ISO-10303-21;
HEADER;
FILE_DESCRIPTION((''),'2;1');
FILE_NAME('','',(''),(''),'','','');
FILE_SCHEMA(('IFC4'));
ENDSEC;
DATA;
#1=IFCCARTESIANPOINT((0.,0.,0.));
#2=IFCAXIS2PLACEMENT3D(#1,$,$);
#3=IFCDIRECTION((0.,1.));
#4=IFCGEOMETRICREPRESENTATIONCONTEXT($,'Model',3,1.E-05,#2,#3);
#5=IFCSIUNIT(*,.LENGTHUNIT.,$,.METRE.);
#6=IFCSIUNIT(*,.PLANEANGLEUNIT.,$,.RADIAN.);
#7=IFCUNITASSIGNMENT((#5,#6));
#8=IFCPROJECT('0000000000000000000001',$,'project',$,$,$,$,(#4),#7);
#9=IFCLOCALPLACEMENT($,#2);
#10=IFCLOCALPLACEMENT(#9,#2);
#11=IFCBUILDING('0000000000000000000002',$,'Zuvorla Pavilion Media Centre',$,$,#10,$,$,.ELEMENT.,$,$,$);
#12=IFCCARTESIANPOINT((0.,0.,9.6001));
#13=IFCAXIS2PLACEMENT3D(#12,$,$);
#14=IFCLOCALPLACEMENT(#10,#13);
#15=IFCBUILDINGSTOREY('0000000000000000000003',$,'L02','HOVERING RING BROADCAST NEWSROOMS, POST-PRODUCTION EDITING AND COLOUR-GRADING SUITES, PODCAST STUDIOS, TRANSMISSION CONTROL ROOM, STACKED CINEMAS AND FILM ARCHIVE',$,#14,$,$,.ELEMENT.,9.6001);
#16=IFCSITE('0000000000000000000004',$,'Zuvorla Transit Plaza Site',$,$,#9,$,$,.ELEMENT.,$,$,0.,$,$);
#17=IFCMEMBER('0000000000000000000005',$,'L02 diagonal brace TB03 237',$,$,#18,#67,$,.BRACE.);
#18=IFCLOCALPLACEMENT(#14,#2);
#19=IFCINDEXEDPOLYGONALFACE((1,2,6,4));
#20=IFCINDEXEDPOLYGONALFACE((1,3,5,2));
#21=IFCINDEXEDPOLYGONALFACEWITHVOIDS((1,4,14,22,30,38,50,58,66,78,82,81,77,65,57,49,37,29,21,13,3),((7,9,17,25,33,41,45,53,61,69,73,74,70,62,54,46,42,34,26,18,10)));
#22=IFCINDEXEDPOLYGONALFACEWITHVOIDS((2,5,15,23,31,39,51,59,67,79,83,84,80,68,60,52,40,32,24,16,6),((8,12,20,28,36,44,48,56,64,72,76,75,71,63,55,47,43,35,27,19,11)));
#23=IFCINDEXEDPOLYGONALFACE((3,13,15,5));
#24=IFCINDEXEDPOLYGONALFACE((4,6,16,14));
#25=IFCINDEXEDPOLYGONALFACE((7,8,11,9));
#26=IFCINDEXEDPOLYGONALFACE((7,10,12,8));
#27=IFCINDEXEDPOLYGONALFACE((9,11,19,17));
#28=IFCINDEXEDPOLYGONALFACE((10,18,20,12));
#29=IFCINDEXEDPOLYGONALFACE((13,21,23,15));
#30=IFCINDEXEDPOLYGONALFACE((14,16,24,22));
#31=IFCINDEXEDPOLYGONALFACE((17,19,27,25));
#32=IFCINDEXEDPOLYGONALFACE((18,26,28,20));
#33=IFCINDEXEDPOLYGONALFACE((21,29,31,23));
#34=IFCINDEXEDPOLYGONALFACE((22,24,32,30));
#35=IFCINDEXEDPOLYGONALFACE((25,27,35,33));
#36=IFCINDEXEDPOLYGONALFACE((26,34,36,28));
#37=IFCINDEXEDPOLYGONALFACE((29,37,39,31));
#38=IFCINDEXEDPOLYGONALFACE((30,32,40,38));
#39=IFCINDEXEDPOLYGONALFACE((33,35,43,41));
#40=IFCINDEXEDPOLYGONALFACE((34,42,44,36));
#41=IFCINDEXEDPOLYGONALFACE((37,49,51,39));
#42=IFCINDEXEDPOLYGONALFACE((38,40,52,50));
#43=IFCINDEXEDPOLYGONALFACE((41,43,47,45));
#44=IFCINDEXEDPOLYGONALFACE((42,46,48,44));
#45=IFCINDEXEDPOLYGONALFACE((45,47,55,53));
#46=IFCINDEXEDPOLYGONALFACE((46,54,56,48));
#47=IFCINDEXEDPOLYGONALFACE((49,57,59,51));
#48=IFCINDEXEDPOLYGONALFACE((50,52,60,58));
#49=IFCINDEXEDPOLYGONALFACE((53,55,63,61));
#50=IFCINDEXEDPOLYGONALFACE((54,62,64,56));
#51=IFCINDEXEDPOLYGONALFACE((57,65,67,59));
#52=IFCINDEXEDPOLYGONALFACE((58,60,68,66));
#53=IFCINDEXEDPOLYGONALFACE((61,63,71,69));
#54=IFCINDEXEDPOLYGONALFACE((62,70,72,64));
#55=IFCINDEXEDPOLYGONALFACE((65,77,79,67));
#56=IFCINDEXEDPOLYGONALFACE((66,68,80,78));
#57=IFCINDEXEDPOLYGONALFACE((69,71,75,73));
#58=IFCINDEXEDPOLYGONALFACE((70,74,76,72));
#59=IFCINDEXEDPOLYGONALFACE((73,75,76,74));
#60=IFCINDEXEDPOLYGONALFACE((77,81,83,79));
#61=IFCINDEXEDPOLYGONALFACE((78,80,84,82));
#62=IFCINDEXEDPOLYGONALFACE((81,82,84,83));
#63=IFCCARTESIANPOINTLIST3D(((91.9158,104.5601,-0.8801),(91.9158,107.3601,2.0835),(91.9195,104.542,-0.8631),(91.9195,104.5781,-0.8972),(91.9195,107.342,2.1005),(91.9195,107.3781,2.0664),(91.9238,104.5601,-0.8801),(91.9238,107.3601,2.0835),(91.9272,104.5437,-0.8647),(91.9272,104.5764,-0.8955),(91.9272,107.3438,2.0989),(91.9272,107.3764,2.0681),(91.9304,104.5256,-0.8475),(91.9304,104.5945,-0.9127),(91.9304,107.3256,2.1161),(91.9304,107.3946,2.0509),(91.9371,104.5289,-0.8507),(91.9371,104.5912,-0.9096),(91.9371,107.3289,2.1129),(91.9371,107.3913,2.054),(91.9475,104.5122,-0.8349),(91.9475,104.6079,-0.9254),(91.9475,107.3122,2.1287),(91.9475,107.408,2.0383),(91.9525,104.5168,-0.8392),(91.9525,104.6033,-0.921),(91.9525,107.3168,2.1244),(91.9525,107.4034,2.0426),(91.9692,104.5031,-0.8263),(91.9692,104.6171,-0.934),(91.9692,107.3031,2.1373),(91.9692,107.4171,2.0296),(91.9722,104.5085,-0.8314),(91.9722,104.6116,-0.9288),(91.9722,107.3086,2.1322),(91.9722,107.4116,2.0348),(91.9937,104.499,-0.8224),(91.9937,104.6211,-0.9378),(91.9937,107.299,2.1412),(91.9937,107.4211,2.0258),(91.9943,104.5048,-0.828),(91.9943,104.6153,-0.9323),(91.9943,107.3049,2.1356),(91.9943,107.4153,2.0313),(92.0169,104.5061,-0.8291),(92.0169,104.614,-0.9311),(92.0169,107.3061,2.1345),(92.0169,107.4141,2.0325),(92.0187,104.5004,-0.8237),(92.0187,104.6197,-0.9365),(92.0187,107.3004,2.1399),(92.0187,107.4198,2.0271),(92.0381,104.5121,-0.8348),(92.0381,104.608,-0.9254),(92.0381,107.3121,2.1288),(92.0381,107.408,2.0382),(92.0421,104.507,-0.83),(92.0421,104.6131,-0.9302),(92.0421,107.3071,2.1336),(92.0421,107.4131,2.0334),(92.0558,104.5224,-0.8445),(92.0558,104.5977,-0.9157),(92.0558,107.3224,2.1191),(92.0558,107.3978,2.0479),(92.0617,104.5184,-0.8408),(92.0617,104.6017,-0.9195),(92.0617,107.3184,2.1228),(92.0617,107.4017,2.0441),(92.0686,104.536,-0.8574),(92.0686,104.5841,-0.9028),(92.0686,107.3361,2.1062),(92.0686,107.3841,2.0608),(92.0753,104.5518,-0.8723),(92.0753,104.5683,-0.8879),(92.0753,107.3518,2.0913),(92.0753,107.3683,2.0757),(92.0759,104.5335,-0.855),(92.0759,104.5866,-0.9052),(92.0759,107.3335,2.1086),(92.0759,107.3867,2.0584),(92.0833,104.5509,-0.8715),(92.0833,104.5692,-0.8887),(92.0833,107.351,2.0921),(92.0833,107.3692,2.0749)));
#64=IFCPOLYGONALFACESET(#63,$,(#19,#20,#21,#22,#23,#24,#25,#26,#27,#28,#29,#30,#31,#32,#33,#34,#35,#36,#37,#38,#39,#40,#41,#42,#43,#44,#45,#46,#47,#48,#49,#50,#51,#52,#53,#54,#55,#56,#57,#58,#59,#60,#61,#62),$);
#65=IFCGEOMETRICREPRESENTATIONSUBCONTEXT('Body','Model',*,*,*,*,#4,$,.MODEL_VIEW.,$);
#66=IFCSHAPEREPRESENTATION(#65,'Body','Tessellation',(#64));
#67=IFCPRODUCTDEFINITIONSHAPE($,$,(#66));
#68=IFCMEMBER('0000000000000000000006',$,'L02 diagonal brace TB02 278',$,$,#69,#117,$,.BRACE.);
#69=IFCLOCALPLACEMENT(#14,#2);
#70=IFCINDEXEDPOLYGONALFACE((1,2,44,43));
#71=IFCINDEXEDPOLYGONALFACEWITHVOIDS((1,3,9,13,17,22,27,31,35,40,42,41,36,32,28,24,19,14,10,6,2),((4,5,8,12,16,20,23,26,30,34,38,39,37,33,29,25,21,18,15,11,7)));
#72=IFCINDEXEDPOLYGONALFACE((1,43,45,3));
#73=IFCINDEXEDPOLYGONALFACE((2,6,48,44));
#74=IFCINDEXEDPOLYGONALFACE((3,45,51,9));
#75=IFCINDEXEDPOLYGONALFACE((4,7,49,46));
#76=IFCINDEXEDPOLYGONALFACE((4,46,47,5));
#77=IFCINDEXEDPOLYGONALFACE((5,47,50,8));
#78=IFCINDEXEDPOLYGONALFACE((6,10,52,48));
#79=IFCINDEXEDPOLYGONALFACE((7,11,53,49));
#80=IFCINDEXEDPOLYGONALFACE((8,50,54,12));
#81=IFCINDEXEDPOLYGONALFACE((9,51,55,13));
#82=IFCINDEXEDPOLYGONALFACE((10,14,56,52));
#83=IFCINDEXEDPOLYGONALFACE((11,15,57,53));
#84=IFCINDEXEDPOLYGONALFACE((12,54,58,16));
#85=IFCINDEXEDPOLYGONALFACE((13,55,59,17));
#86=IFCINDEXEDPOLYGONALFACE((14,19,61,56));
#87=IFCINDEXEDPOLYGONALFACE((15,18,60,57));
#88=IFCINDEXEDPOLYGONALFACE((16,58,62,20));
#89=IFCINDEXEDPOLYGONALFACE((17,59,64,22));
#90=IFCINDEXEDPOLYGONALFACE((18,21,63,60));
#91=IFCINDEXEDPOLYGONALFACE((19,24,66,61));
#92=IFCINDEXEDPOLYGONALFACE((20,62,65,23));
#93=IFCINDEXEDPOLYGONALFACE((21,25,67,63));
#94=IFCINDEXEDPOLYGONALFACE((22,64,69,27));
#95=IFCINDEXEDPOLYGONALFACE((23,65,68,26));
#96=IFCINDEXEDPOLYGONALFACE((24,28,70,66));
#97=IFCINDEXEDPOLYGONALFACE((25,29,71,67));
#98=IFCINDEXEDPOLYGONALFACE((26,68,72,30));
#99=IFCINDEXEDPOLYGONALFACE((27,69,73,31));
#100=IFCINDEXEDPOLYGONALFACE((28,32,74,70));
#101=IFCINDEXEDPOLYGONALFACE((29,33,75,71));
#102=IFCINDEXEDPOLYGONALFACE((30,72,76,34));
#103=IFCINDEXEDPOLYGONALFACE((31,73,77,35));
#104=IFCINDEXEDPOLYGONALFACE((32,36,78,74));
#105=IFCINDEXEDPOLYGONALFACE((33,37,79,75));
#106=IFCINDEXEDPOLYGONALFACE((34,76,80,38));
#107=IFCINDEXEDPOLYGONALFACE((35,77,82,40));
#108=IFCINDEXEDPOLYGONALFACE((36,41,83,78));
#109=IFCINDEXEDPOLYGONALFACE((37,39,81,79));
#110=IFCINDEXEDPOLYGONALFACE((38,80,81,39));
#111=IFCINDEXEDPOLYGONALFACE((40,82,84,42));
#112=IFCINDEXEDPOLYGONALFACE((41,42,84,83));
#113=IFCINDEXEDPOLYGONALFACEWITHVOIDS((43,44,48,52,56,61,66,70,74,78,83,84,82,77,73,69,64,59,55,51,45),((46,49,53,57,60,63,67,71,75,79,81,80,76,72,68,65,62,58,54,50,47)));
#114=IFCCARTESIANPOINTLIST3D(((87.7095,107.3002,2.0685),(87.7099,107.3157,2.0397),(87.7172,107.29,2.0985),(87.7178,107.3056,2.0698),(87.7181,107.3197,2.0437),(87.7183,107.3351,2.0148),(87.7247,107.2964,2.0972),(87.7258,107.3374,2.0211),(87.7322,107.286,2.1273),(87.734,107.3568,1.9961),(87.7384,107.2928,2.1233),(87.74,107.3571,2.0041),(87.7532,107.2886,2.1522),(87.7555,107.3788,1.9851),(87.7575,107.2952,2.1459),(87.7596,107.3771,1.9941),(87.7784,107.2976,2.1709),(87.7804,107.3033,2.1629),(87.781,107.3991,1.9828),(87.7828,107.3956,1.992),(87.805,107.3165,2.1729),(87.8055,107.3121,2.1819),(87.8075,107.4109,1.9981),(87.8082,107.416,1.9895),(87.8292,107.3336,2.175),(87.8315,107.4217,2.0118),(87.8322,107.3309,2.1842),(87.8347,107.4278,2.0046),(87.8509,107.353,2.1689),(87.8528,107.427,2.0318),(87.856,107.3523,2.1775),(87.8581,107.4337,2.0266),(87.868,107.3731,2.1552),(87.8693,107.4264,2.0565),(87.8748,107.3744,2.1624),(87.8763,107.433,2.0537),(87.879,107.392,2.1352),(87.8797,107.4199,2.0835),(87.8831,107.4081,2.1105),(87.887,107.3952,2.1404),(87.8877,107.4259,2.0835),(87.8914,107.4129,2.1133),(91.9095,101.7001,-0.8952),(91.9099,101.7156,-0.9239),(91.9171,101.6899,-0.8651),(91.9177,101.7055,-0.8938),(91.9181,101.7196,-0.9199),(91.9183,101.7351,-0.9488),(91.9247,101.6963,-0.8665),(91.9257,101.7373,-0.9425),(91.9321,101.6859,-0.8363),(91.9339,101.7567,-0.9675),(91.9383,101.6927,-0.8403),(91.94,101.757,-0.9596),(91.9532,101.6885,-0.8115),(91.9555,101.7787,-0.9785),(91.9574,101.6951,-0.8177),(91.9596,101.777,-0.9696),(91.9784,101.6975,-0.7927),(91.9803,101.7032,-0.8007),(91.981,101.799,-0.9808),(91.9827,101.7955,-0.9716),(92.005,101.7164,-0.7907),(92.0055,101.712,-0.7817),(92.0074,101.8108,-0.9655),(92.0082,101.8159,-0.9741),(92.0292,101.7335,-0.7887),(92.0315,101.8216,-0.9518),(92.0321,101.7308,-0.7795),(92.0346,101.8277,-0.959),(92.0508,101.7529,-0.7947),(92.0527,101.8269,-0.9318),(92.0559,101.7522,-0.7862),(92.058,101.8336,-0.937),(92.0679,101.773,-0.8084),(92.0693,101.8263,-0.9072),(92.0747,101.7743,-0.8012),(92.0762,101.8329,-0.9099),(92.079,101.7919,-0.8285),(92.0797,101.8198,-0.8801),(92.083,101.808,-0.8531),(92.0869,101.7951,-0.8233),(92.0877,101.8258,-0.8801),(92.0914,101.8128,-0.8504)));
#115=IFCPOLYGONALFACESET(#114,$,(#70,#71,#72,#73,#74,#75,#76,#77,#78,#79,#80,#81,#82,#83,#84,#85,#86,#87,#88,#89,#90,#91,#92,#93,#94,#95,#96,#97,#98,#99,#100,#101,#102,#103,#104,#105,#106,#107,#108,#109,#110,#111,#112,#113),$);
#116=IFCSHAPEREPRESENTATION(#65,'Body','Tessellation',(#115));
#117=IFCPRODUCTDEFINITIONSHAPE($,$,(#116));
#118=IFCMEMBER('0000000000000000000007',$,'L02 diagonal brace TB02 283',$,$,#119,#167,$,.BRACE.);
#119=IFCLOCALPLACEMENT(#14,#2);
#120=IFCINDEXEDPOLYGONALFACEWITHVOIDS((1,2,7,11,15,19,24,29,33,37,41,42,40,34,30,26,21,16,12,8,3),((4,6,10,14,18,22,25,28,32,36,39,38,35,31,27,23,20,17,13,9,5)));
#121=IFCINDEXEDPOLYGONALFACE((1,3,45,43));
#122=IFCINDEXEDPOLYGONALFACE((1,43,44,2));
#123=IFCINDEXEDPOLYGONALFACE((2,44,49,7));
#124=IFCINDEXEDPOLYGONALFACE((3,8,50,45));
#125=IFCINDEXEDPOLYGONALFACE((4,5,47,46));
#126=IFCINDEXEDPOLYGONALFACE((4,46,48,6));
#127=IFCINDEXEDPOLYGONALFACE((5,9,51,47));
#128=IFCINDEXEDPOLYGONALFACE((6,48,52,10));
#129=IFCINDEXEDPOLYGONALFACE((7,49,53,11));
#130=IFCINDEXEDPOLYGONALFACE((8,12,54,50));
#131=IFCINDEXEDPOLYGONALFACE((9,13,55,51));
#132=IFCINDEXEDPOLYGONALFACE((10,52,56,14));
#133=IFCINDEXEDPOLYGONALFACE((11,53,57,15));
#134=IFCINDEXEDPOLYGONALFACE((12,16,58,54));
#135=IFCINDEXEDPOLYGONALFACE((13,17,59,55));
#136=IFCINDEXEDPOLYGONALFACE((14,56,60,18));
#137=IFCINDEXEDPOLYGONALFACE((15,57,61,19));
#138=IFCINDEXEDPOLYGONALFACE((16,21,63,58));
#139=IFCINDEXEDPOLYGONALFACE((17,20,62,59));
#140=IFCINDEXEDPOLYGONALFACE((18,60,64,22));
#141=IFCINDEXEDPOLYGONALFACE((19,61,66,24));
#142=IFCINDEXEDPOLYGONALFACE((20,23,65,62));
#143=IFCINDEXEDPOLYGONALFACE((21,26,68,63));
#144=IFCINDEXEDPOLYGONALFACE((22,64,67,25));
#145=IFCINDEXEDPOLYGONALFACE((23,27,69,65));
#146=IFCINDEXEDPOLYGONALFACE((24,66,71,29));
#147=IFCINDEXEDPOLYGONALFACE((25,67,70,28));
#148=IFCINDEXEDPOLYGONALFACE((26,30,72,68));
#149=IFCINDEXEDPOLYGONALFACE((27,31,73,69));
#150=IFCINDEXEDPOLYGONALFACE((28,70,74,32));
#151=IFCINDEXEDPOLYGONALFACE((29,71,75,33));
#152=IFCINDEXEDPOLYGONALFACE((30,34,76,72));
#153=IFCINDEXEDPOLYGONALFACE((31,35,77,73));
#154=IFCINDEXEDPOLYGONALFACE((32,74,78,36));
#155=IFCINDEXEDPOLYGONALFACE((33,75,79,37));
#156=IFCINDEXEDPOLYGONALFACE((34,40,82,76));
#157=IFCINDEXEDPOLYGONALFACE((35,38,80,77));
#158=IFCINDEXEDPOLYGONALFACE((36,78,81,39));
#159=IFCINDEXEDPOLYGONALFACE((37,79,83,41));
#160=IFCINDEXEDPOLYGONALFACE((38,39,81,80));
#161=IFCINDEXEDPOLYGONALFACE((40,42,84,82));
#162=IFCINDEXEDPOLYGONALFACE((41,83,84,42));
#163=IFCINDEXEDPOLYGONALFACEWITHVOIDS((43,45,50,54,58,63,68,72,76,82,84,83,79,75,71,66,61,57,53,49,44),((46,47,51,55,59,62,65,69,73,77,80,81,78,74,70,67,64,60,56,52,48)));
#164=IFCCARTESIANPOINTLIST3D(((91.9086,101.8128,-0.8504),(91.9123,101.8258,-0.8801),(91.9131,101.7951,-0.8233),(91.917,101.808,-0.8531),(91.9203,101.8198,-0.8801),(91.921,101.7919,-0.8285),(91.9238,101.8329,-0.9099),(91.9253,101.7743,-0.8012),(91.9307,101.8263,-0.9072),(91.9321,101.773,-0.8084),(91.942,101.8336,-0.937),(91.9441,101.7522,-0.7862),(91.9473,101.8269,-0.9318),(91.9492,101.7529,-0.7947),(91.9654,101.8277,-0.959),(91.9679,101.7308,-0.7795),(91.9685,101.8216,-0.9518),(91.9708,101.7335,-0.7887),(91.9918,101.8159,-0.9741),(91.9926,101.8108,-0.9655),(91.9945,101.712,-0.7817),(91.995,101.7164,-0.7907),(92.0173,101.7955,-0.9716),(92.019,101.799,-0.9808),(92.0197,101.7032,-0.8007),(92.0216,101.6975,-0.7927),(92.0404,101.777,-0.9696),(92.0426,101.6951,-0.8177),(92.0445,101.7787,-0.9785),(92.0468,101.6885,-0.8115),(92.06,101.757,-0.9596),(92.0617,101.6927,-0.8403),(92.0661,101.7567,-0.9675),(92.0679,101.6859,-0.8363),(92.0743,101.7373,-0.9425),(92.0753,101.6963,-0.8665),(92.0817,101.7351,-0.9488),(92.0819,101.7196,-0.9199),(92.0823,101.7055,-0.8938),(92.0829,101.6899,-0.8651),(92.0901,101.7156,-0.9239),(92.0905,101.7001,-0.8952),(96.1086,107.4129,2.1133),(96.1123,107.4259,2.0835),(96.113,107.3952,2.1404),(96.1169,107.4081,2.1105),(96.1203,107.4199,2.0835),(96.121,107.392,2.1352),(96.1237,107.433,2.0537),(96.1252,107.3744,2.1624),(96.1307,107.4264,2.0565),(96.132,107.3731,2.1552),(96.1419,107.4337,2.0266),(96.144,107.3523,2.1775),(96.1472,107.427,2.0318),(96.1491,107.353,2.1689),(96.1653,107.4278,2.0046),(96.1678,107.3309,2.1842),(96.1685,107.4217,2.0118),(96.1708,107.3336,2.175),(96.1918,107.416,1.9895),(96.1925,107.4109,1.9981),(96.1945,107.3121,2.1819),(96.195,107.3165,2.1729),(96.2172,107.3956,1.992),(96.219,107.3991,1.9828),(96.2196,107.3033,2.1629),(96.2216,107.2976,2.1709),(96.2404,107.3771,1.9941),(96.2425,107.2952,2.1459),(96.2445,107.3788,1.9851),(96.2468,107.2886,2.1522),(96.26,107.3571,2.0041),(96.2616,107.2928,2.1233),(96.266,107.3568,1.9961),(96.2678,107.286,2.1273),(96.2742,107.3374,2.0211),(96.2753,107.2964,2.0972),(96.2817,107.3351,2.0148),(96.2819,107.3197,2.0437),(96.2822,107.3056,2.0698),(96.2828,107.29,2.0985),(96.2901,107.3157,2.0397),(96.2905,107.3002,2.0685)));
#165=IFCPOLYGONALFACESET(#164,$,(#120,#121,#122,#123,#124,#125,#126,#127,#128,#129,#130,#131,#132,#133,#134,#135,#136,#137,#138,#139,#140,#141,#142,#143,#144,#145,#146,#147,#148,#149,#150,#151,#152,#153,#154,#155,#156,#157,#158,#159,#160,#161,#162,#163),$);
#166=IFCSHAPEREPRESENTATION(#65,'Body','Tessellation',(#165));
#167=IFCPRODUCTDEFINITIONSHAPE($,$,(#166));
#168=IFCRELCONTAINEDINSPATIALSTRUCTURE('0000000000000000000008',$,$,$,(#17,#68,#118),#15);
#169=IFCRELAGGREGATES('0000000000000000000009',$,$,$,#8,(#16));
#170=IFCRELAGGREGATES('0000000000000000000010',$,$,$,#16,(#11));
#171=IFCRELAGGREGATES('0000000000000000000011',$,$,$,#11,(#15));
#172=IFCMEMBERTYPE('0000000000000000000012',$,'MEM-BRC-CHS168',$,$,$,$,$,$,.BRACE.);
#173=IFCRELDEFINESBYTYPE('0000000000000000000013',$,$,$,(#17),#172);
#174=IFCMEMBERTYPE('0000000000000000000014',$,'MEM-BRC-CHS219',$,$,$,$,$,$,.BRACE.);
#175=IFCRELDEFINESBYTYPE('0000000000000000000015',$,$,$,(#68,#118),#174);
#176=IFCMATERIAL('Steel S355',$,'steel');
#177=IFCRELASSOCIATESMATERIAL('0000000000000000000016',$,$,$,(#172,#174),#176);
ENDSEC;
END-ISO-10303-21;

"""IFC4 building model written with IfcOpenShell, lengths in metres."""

from ifc_helpers import new_model, si_unit, direction, frame, origin, origin_2d, place, context, subcontext, project, spatial, hollow_circle, extrude, material, material_profile, profile_set, type_object, element, save


model = new_model("IFC4")

# Units and contexts
model_context = context("Model", 3, precision=1e-05, world=origin(), true_north=direction((0.0, 1.0)))
body_context = subcontext(model_context, "Body", "Model", "MODEL_VIEW")
ifc_project = project(units=[si_unit("LENGTHUNIT", "METRE"), si_unit("PLANEANGLEUNIT", "RADIAN")], contexts=[model_context])

# Site, building, storey
site_placement = place(None, origin())
site = spatial("IfcSite", under=ifc_project, at=site_placement, Name="Zuvorla Transit Plaza Site", CompositionType="ELEMENT", RefElevation=0.0)
building_placement = place(site_placement, origin())
building = spatial("IfcBuilding", under=site, at=building_placement, Name="Zuvorla Pavilion Media Centre", CompositionType="ELEMENT")
storey_placement = place(building_placement, frame((0.0, 0.0, 9.6001)))
storey = spatial("IfcBuildingStorey", under=building, at=storey_placement, Name="L02", Description="HOVERING RING BROADCAST NEWSROOMS, POST-PRODUCTION EDITING AND COLOUR-GRADING SUITES, PODCAST STUDIOS, TRANSMISSION CONTROL ROOM, STACKED CINEMAS AND FILM ARCHIVE", CompositionType="ELEMENT", Elevation=9.6001)

# Shared definitions
ifc_material_1 = material(Name="Steel S355", Category="steel")

# Members
ifc_material_profile_1 = material_profile(ifc_material_1, hollow_circle(Radius=0.0842, WallThickness=0.0081, at=origin_2d()), Name="CHS 168.3x8")
ifc_profile_set_1 = profile_set([ifc_material_profile_1], Name="Steel S355")
member_type_1 = type_object("IfcMemberType", Name="MEM-BRC-CHS168", PredefinedType="BRACE", material=ifc_profile_set_1)
member_1_placement = place(storey_placement, frame((92.0, 104.5601, -0.8801), z_axis=(0.0, 0.686762, 0.726882), x_axis=(-1.0, 0.0, 0.0)))
element("IfcMember", 1, at=member_1_placement, inside=storey, type_object=member_type_1, Name="L02 diagonal brace TB03 237", PredefinedType="BRACE", context=body_context, shape_type="SweptSolid", body=[
    extrude(hollow_circle(Radius=0.0842, WallThickness=0.0081, at=origin_2d()), origin(), (0.0, 0.0, 1.0), 4.0771),
])
ifc_material_profile_2 = material_profile(ifc_material_1, hollow_circle(Radius=0.1096, WallThickness=0.01, at=origin_2d()), Name="CHS 219.1x10")
ifc_profile_set_2 = profile_set([ifc_material_profile_2], Name="Steel S355")
member_type_2 = type_object("IfcMemberType", Name="MEM-BRC-CHS219", PredefinedType="BRACE", material=ifc_profile_set_2)
for number, where, z_axis, x_axis, name in (
    (2, (87.8, 107.3601, 2.0835), (0.552512, -0.736704, -0.38987), (0.800008, 0.599989, 0.0), "L02 diagonal brace TB02 278"),
    (3, (92.0, 101.76, -0.8801), (0.552512, 0.736704, 0.38987), (-0.800008, 0.599989, 0.0), "L02 diagonal brace TB02 283"),
):
    element("IfcMember", number, at=place(storey_placement, frame(where, z_axis=z_axis, x_axis=x_axis)), inside=storey, type_object=member_type_2, Name=name, PredefinedType="BRACE", context=body_context, shape_type="SweptSolid", body=[
        extrude(hollow_circle(Radius=0.1096, WallThickness=0.01, at=origin_2d()), origin(), (0.0, 0.0, 1.0), 7.6016),
    ])

save(model, "model.ifc")
